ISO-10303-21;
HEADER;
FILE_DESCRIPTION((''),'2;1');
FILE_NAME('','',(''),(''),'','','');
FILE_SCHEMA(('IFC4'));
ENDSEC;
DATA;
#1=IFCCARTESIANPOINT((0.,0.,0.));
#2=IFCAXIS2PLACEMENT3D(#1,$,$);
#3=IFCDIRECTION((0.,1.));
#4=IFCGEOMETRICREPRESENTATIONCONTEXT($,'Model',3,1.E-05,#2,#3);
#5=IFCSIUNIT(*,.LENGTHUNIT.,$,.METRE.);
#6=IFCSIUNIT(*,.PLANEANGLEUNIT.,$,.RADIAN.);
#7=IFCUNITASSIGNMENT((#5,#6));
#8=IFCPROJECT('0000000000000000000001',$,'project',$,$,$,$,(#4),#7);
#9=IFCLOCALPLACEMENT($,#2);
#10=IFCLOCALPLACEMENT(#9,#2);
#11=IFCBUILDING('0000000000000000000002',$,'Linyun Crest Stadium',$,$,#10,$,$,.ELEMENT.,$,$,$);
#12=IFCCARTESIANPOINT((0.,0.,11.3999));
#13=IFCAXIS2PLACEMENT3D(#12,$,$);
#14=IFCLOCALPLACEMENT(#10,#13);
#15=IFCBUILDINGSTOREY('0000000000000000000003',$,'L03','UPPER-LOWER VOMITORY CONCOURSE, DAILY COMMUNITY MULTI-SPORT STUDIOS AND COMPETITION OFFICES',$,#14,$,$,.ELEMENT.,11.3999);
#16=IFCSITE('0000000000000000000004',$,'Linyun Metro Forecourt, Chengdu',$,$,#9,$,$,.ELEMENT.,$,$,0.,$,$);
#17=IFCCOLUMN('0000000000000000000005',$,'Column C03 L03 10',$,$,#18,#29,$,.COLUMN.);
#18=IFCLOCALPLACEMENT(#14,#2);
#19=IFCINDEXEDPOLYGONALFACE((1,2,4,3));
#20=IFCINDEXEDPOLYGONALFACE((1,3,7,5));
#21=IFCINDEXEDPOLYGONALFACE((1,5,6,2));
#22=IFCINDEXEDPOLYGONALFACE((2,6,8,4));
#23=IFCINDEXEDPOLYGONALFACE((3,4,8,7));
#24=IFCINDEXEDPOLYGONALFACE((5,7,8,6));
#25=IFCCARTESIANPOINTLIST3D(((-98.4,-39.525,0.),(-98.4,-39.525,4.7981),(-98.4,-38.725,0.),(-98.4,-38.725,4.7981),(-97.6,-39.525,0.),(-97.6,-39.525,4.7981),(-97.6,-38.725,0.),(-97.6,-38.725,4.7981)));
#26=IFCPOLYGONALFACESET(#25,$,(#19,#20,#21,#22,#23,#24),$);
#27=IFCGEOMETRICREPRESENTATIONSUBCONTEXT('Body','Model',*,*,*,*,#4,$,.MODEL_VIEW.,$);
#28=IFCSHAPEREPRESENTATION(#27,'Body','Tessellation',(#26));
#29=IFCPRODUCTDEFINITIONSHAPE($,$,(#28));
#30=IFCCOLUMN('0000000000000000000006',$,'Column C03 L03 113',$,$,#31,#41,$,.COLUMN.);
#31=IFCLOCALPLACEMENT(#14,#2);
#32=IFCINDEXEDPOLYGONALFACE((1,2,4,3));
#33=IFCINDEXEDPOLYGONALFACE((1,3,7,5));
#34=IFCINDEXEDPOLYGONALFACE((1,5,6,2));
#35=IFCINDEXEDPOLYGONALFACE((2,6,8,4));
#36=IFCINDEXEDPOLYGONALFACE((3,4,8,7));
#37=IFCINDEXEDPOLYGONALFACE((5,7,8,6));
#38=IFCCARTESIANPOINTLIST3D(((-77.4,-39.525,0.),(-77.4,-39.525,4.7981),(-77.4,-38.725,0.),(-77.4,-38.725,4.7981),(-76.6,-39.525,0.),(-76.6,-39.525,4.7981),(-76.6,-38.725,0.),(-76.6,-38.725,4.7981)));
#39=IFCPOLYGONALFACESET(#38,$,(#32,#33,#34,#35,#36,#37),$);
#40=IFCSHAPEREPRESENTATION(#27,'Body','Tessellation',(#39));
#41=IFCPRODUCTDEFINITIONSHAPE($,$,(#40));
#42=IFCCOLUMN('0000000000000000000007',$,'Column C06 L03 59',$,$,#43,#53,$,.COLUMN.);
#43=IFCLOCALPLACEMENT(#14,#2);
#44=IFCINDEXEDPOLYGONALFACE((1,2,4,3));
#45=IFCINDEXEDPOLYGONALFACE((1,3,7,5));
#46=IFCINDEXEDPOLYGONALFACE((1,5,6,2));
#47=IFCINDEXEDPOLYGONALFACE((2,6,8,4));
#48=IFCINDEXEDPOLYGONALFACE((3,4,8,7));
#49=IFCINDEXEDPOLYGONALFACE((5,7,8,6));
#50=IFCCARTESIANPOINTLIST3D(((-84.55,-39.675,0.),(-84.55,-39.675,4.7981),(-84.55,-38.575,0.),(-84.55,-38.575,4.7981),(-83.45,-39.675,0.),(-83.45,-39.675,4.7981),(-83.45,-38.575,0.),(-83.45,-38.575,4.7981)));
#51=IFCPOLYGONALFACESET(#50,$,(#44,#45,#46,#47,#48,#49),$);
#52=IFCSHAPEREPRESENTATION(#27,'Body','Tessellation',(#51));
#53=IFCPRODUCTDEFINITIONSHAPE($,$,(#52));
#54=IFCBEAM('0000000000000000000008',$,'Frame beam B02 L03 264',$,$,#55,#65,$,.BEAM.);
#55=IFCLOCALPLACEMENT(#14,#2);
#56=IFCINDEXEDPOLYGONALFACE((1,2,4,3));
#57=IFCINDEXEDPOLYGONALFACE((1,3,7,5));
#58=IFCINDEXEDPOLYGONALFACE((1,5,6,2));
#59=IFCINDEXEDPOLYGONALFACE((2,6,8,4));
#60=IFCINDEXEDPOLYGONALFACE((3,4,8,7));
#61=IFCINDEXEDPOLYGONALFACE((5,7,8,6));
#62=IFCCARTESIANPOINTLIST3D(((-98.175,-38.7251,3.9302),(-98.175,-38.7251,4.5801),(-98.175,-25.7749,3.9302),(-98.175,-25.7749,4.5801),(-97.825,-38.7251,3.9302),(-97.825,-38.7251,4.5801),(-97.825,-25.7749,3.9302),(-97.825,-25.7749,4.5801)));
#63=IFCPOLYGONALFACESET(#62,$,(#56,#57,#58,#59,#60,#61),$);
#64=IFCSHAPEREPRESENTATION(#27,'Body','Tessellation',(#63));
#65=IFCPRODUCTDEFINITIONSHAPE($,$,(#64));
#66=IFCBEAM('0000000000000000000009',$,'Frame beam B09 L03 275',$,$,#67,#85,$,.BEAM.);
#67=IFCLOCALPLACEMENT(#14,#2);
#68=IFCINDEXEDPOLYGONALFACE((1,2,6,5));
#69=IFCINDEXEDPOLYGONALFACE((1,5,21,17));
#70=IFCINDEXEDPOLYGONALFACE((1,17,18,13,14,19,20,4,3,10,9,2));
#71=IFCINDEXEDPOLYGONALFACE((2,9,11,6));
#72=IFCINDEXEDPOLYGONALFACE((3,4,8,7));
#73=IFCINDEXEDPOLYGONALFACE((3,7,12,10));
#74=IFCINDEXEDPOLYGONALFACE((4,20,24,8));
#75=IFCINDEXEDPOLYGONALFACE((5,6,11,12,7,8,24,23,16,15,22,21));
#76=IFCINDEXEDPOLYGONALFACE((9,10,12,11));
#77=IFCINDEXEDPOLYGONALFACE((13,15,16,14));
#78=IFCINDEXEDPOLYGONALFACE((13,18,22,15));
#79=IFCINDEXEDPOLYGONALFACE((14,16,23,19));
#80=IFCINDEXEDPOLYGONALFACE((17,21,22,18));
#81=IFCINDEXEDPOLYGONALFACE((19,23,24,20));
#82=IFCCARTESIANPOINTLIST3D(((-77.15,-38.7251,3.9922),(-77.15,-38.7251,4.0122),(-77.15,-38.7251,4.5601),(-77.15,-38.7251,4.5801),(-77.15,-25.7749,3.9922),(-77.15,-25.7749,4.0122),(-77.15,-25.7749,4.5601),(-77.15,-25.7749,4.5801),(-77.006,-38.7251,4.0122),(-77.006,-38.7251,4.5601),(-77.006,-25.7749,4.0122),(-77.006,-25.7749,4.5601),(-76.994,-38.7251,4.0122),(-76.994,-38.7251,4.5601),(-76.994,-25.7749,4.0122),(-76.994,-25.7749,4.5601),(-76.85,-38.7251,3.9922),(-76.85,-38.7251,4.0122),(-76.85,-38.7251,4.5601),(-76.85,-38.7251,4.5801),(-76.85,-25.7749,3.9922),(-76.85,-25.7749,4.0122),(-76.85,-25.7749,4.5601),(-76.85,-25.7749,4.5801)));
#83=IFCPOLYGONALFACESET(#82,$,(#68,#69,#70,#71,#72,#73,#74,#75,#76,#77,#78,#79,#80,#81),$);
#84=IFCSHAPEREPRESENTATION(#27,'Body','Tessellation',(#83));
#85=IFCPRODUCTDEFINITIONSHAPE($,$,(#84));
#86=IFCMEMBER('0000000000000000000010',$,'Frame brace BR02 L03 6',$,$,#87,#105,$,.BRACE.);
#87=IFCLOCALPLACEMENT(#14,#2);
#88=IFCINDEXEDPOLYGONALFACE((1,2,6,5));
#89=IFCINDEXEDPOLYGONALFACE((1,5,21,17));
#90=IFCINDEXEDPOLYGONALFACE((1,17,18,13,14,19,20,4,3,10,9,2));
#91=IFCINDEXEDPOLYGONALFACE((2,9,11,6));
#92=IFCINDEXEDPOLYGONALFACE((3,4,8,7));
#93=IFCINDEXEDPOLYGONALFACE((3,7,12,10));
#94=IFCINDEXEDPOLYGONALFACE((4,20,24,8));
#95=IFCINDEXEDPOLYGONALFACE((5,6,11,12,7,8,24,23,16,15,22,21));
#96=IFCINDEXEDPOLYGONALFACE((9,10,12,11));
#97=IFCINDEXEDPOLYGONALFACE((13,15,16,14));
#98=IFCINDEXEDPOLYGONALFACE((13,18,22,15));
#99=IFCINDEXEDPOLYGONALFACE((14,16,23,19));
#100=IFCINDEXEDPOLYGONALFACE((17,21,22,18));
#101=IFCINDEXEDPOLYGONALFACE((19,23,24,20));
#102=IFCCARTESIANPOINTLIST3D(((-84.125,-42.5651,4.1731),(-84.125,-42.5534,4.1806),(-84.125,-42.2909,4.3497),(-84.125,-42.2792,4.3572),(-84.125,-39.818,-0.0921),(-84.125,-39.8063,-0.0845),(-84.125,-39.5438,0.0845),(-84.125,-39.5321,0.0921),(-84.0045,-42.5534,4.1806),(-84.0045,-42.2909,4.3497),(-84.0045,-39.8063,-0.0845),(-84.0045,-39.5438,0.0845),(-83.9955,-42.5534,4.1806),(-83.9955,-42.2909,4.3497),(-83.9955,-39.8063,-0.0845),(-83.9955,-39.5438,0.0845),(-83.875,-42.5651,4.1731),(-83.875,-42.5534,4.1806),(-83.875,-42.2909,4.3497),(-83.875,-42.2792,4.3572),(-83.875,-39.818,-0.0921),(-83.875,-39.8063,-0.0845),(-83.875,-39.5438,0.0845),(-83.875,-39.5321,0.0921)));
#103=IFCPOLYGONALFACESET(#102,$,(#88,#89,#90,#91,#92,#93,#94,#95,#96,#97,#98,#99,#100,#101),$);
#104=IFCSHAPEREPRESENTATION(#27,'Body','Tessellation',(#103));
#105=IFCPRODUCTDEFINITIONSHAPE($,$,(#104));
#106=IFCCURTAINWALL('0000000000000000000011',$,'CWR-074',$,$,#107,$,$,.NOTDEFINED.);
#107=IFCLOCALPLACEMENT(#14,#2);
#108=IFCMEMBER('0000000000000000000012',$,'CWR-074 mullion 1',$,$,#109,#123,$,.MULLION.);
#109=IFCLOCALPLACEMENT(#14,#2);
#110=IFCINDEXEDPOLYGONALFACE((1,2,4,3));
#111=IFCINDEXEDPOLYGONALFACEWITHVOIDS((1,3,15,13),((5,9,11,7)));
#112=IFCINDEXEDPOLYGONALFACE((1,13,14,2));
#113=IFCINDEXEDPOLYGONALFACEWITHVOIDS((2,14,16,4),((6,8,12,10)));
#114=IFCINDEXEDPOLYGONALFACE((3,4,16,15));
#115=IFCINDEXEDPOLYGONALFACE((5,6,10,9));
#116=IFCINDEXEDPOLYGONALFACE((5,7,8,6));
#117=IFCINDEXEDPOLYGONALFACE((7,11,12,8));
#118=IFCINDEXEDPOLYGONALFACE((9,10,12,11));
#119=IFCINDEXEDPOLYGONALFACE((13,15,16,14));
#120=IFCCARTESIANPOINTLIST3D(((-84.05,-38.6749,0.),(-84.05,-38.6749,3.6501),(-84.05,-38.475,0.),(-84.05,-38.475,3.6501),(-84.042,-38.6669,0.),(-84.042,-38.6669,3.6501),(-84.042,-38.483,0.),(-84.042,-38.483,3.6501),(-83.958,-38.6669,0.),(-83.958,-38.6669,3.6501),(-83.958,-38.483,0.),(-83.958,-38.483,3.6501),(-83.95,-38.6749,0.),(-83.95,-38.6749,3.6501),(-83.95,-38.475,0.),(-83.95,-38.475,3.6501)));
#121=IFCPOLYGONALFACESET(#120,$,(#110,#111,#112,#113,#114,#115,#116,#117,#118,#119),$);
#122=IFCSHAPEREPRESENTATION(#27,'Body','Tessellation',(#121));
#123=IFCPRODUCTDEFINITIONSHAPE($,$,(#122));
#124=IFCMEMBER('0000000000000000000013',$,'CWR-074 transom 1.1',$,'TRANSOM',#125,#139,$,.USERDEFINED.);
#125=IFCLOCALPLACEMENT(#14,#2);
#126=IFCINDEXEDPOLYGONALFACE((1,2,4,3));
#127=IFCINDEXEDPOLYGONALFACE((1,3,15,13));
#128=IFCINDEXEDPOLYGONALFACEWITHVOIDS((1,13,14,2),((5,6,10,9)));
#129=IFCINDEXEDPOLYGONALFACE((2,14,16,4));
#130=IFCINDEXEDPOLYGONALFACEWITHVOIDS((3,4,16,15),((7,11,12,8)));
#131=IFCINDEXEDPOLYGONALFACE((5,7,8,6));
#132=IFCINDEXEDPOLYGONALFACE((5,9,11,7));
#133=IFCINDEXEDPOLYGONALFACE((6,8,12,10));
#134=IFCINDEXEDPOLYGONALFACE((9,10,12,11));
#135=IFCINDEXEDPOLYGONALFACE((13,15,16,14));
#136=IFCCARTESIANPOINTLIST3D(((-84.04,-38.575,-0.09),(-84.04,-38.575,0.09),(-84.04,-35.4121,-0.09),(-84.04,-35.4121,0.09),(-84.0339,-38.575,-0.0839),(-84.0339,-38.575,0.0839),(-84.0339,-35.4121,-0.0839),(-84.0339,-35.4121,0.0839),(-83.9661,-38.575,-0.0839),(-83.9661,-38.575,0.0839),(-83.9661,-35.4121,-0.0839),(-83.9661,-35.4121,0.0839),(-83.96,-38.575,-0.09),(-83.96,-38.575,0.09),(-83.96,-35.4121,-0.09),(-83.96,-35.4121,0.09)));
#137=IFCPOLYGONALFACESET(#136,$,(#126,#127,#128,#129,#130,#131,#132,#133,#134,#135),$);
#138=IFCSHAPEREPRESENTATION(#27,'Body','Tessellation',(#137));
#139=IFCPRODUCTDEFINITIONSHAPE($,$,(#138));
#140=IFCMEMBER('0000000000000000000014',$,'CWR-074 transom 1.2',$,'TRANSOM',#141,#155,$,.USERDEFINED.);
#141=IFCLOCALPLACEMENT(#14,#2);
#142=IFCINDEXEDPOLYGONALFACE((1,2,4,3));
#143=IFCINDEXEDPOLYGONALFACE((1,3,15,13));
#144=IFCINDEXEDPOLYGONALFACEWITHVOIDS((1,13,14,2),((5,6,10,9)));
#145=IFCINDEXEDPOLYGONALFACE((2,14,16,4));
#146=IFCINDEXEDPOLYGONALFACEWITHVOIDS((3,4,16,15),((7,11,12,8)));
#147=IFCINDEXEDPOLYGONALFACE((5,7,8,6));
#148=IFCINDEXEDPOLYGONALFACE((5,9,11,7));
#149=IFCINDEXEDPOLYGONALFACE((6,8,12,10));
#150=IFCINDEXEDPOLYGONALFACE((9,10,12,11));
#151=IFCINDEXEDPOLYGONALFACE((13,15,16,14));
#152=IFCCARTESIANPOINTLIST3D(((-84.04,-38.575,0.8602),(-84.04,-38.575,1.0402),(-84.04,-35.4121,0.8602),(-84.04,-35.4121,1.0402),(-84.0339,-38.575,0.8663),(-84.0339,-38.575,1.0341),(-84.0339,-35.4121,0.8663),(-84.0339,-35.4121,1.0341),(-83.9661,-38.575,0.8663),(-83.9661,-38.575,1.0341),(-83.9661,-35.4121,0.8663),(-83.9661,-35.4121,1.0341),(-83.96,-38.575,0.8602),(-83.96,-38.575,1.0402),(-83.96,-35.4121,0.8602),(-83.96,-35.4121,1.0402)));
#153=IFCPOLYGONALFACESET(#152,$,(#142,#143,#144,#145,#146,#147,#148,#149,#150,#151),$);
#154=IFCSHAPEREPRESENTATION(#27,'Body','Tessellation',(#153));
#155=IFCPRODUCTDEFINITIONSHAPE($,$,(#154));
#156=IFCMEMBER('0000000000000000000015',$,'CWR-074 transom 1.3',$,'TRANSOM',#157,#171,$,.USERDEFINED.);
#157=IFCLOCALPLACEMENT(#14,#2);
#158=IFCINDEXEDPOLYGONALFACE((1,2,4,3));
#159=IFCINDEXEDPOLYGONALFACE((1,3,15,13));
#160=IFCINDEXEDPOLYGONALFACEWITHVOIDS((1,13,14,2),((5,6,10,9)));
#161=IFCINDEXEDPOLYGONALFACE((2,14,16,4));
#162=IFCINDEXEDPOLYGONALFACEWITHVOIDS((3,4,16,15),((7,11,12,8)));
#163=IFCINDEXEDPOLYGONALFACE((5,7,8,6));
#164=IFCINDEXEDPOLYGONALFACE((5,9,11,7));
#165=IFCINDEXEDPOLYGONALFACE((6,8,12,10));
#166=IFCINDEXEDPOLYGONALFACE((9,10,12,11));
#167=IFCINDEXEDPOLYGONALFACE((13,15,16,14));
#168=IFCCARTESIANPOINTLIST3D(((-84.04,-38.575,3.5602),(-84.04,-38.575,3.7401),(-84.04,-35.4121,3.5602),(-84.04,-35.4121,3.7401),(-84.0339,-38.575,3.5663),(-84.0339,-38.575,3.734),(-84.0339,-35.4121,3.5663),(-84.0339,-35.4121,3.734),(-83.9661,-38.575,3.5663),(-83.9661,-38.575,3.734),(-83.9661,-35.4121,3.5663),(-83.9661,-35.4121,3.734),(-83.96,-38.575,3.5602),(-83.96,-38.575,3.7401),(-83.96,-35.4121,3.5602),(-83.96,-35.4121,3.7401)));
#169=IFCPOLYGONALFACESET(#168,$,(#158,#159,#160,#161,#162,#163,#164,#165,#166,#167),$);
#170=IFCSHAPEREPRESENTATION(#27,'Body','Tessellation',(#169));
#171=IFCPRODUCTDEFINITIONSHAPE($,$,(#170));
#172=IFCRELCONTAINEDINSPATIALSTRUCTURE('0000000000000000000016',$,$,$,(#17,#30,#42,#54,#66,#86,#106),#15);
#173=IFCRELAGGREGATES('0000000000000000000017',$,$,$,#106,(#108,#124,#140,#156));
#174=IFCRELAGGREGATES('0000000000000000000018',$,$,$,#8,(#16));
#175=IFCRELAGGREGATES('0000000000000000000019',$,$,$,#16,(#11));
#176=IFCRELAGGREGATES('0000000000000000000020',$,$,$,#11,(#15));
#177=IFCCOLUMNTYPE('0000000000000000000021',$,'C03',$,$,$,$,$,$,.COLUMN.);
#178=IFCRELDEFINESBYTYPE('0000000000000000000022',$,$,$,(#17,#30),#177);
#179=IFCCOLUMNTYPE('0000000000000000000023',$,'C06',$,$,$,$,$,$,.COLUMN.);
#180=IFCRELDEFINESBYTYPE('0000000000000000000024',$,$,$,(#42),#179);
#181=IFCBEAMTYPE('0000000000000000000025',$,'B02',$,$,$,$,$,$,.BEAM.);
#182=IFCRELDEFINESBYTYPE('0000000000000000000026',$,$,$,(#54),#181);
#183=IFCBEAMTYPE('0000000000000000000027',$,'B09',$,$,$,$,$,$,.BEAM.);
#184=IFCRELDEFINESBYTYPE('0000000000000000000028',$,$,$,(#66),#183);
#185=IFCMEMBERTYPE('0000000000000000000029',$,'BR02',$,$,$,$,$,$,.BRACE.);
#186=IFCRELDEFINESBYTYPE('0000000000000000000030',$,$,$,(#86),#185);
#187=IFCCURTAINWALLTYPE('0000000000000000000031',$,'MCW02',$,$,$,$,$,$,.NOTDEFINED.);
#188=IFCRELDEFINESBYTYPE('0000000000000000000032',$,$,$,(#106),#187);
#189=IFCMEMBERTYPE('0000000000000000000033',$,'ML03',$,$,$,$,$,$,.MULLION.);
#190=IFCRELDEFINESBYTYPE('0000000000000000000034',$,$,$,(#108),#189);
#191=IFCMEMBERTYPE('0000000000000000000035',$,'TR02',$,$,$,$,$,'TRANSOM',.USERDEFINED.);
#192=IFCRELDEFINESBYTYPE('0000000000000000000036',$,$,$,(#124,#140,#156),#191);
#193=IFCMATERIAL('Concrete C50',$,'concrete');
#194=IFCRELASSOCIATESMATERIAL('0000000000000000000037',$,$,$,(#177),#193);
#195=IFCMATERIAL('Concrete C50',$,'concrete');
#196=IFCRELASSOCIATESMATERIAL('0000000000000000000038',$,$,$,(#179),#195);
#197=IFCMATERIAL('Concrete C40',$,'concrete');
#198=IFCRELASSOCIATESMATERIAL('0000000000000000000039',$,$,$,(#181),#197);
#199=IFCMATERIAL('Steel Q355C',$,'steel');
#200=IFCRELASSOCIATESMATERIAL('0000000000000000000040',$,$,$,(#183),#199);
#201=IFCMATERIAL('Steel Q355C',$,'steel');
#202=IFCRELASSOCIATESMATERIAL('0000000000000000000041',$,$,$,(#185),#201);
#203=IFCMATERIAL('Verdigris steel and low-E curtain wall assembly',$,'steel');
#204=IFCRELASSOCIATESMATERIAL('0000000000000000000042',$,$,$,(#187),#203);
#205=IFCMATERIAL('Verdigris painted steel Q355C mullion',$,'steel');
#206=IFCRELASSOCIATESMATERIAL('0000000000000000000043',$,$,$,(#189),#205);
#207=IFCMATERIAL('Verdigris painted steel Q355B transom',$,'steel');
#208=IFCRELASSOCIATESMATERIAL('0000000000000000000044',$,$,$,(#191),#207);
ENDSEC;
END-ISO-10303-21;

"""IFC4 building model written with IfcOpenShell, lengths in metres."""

from ifc_helpers import new_model, si_unit, direction, frame, origin, origin_2d, place, context, subcontext, project, spatial, rectangle, hollow_rectangle, i_section, extrude, material, material_profile, profile_set, type_object, element, aggregate, save


model = new_model("IFC4")

# Units and contexts
model_context = context("Model", 3, precision=1e-05, world=origin(), true_north=direction((0.0, 1.0)))
body_context = subcontext(model_context, "Body", "Model", "MODEL_VIEW")
ifc_project = project(units=[si_unit("LENGTHUNIT", "METRE"), si_unit("PLANEANGLEUNIT", "RADIAN")], contexts=[model_context])

# Site, building, storey
site_placement = place(None, origin())
site = spatial("IfcSite", under=ifc_project, at=site_placement, Name="Linyun Metro Forecourt, Chengdu", CompositionType="ELEMENT", RefElevation=0.0)
building_placement = place(site_placement, origin())
building = spatial("IfcBuilding", under=site, at=building_placement, Name="Linyun Crest Stadium", CompositionType="ELEMENT")
storey_placement = place(building_placement, frame((0.0, 0.0, 11.3999)))
storey = spatial("IfcBuildingStorey", under=building, at=storey_placement, Name="L03", Description="UPPER-LOWER VOMITORY CONCOURSE, DAILY COMMUNITY MULTI-SPORT STUDIOS AND COMPETITION OFFICES", CompositionType="ELEMENT", Elevation=11.3999)

# Columns
ifc_material_1 = material(Name="Concrete C50", Category="concrete")
ifc_material_profile_1 = material_profile(ifc_material_1, rectangle(XDim=0.8, YDim=0.8, at=origin_2d()), Name="RC 800x800")
ifc_profile_set_1 = profile_set([ifc_material_profile_1], Name="Concrete C50")
column_type_1 = type_object("IfcColumnType", Name="C03", PredefinedType="COLUMN", material=ifc_profile_set_1)
for number, where, z_axis, x_axis, name in (
    (1, (-98.0, -39.125, 0.0), (0.0, 0.0, 1.0), (1.0, 0.0, 0.0), "Column C03 L03 10"),
    (2, (-77.0, -39.125, 0.0), (0.0, 0.0, 1.0), (1.0, 0.0, 0.0), "Column C03 L03 113"),
):
    element("IfcColumn", number, at=place(storey_placement, frame(where, z_axis=z_axis, x_axis=x_axis)), inside=storey, type_object=column_type_1, Name=name, PredefinedType="COLUMN", context=body_context, shape_type="SweptSolid", body=[
        extrude(rectangle(XDim=0.8, YDim=0.8, at=origin_2d()), origin(), (0.0, 0.0, 1.0), 4.7981),
    ])
ifc_material_2 = material(Name="Concrete C50", Category="concrete")
ifc_material_profile_2 = material_profile(ifc_material_2, rectangle(XDim=1.1001, YDim=1.1001, at=origin_2d()), Name="RC 1100x1100")
ifc_profile_set_2 = profile_set([ifc_material_profile_2], Name="Concrete C50")
column_type_2 = type_object("IfcColumnType", Name="C06", PredefinedType="COLUMN", material=ifc_profile_set_2)
column_placement = place(storey_placement, frame((-84.0, -39.125, 0.0), z_axis=(0.0, 0.0, 1.0), x_axis=(1.0, 0.0, 0.0)))
element("IfcColumn", 3, at=column_placement, inside=storey, type_object=column_type_2, Name="Column C06 L03 59", PredefinedType="COLUMN", context=body_context, shape_type="SweptSolid", body=[
    extrude(rectangle(XDim=1.1001, YDim=1.1001, at=origin_2d()), origin(), (0.0, 0.0, 1.0), 4.7981),
])

# Beams
ifc_material_3 = material(Name="Concrete C40", Category="concrete")
ifc_material_profile_3 = material_profile(ifc_material_3, rectangle(XDim=0.3501, YDim=0.6499, at=origin_2d()), Name="RCB 650x350")
ifc_profile_set_3 = profile_set([ifc_material_profile_3], Name="Concrete C40")
beam_type_1 = type_object("IfcBeamType", Name="B02", PredefinedType="BEAM", material=ifc_profile_set_3)
beam_1_placement = place(storey_placement, frame((-98.0, -38.7251, 4.2551), z_axis=(0.0, 1.0, 0.0), x_axis=(-1.0, 0.0, 0.0)))
element("IfcBeam", 4, at=beam_1_placement, inside=storey, type_object=beam_type_1, Name="Frame beam B02 L03 264", PredefinedType="BEAM", context=body_context, shape_type="SweptSolid", body=[
    extrude(rectangle(XDim=0.3501, YDim=0.6499, at=origin_2d()), origin(), (0.0, 0.0, 1.0), 12.9502),
])
ifc_material_4 = material(Name="Steel Q355C", Category="steel")
ifc_material_profile_4 = material_profile(ifc_material_4, i_section(OverallWidth=0.3, OverallDepth=0.5879, WebThickness=0.012, FlangeThickness=0.02, at=origin_2d()), Name="HM 588x300")
ifc_profile_set_4 = profile_set([ifc_material_profile_4], Name="Steel Q355C")
beam_type_2 = type_object("IfcBeamType", Name="B09", PredefinedType="BEAM", material=ifc_profile_set_4)
beam_2_placement = place(storey_placement, frame((-77.0, -38.7251, 4.2861), z_axis=(0.0, 1.0, 0.0), x_axis=(-1.0, 0.0, 0.0)))
element("IfcBeam", 5, at=beam_2_placement, inside=storey, type_object=beam_type_2, Name="Frame beam B09 L03 275", PredefinedType="BEAM", context=body_context, shape_type="SweptSolid", body=[
    extrude(i_section(OverallWidth=0.3, OverallDepth=0.5879, WebThickness=0.012, FlangeThickness=0.02, at=origin_2d()), origin(), (0.0, 0.0, 1.0), 12.9502),
])

# Member
ifc_material_5 = material(Name="Steel Q355C", Category="steel")
ifc_material_profile_5 = material_profile(ifc_material_5, i_section(OverallWidth=0.25, OverallDepth=0.3401, WebThickness=0.009, FlangeThickness=0.0139, at=origin_2d()), Name="HM 340x250")
ifc_profile_set_5 = profile_set([ifc_material_profile_5], Name="Steel Q355C")
member_type_1 = type_object("IfcMemberType", Name="BR02", PredefinedType="BRACE", material=ifc_profile_set_5)
member_1_placement = place(storey_placement, frame((-84.0, -39.675, 0.0), z_axis=(0.0, -0.541482, 0.840712), x_axis=(1.0, 0.0, 0.0)))
element("IfcMember", 6, at=member_1_placement, inside=storey, type_object=member_type_1, Name="Frame brace BR02 L03 6", PredefinedType="BRACE", context=body_context, shape_type="SweptSolid", body=[
    extrude(i_section(OverallWidth=0.25, OverallDepth=0.3401, WebThickness=0.009, FlangeThickness=0.0139, at=origin_2d()), origin(), (0.0, 0.0, 1.0), 5.0732),
])

# Curtain wall, members
ifc_material_6 = material(Name="Verdigris steel and low-E curtain wall assembly", Category="steel")
curtain_wall_type = type_object("IfcCurtainWallType", Name="MCW02", PredefinedType="NOTDEFINED", material=ifc_material_6)
curtain_wall_placement = place(storey_placement, origin())
curtain_wall = element("IfcCurtainWall", 7, at=curtain_wall_placement, inside=storey, type_object=curtain_wall_type, Name="CWR-074", PredefinedType="NOTDEFINED")
ifc_material_7 = material(Name="Verdigris painted steel Q355C mullion", Category="steel")
ifc_material_profile_6 = material_profile(ifc_material_7, hollow_rectangle(XDim=0.1001, YDim=0.2, WallThickness=0.0081, at=origin_2d()), Name="RHS 200x100x8")
ifc_profile_set_6 = profile_set([ifc_material_profile_6], Name="Verdigris painted steel Q355C mullion")
member_type_2 = type_object("IfcMemberType", Name="ML03", PredefinedType="MULLION", material=ifc_profile_set_6)
member_2_placement = place(storey_placement, frame((-84.0, -38.575, 0.0), z_axis=(0.0, 0.0, 1.0), x_axis=(-1.0, 0.0, 0.0)))
member_2 = element("IfcMember", 8, at=member_2_placement, type_object=member_type_2, Name="CWR-074 mullion 1", PredefinedType="MULLION", context=body_context, shape_type="SweptSolid", body=[
    extrude(hollow_rectangle(XDim=0.1001, YDim=0.2, WallThickness=0.0081, at=origin_2d()), origin(), (0.0, 0.0, 1.0), 3.6501),
])
ifc_material_8 = material(Name="Verdigris painted steel Q355B transom", Category="steel")
ifc_material_profile_7 = material_profile(ifc_material_8, hollow_rectangle(XDim=0.0801, YDim=0.1799, WallThickness=0.0061, at=origin_2d()), Name="RHS 180x80x6")
ifc_profile_set_7 = profile_set([ifc_material_profile_7], Name="Verdigris painted steel Q355B transom")
member_type_3 = type_object("IfcMemberType", Name="TR02", ElementType="TRANSOM", PredefinedType="USERDEFINED", material=ifc_profile_set_7)
member_3_placement = place(storey_placement, frame((-84.0, -38.575, 0.0), z_axis=(0.0, 1.0, 0.0), x_axis=(-1.0, 0.0, 0.0)))
member_3 = element("IfcMember", 9, at=member_3_placement, type_object=member_type_3, Name="CWR-074 transom 1.1", ObjectType="TRANSOM", PredefinedType="USERDEFINED", context=body_context, shape_type="SweptSolid", body=[
    extrude(hollow_rectangle(XDim=0.0801, YDim=0.1799, WallThickness=0.0061, at=origin_2d()), origin(), (0.0, 0.0, 1.0), 3.1628),
])
member_4_placement = place(storey_placement, frame((-84.0, -38.575, 0.9502), z_axis=(0.0, 1.0, 0.0), x_axis=(-1.0, 0.0, 0.0)))
member_4 = element("IfcMember", 10, at=member_4_placement, type_object=member_type_3, Name="CWR-074 transom 1.2", ObjectType="TRANSOM", PredefinedType="USERDEFINED", context=body_context, shape_type="SweptSolid", body=[
    extrude(hollow_rectangle(XDim=0.0801, YDim=0.1799, WallThickness=0.0061, at=origin_2d()), origin(), (0.0, 0.0, 1.0), 3.1628),
])
member_5_placement = place(storey_placement, frame((-84.0, -38.575, 3.6501), z_axis=(0.0, 1.0, 0.0), x_axis=(-1.0, 0.0, 0.0)))
member_5 = element("IfcMember", 11, at=member_5_placement, type_object=member_type_3, Name="CWR-074 transom 1.3", ObjectType="TRANSOM", PredefinedType="USERDEFINED", context=body_context, shape_type="SweptSolid", body=[
    extrude(hollow_rectangle(XDim=0.0801, YDim=0.1799, WallThickness=0.0061, at=origin_2d()), origin(), (0.0, 0.0, 1.0), 3.1628),
])

aggregate(curtain_wall, [member_2, member_3, member_4, member_5])

save(model, "model.ifc")
